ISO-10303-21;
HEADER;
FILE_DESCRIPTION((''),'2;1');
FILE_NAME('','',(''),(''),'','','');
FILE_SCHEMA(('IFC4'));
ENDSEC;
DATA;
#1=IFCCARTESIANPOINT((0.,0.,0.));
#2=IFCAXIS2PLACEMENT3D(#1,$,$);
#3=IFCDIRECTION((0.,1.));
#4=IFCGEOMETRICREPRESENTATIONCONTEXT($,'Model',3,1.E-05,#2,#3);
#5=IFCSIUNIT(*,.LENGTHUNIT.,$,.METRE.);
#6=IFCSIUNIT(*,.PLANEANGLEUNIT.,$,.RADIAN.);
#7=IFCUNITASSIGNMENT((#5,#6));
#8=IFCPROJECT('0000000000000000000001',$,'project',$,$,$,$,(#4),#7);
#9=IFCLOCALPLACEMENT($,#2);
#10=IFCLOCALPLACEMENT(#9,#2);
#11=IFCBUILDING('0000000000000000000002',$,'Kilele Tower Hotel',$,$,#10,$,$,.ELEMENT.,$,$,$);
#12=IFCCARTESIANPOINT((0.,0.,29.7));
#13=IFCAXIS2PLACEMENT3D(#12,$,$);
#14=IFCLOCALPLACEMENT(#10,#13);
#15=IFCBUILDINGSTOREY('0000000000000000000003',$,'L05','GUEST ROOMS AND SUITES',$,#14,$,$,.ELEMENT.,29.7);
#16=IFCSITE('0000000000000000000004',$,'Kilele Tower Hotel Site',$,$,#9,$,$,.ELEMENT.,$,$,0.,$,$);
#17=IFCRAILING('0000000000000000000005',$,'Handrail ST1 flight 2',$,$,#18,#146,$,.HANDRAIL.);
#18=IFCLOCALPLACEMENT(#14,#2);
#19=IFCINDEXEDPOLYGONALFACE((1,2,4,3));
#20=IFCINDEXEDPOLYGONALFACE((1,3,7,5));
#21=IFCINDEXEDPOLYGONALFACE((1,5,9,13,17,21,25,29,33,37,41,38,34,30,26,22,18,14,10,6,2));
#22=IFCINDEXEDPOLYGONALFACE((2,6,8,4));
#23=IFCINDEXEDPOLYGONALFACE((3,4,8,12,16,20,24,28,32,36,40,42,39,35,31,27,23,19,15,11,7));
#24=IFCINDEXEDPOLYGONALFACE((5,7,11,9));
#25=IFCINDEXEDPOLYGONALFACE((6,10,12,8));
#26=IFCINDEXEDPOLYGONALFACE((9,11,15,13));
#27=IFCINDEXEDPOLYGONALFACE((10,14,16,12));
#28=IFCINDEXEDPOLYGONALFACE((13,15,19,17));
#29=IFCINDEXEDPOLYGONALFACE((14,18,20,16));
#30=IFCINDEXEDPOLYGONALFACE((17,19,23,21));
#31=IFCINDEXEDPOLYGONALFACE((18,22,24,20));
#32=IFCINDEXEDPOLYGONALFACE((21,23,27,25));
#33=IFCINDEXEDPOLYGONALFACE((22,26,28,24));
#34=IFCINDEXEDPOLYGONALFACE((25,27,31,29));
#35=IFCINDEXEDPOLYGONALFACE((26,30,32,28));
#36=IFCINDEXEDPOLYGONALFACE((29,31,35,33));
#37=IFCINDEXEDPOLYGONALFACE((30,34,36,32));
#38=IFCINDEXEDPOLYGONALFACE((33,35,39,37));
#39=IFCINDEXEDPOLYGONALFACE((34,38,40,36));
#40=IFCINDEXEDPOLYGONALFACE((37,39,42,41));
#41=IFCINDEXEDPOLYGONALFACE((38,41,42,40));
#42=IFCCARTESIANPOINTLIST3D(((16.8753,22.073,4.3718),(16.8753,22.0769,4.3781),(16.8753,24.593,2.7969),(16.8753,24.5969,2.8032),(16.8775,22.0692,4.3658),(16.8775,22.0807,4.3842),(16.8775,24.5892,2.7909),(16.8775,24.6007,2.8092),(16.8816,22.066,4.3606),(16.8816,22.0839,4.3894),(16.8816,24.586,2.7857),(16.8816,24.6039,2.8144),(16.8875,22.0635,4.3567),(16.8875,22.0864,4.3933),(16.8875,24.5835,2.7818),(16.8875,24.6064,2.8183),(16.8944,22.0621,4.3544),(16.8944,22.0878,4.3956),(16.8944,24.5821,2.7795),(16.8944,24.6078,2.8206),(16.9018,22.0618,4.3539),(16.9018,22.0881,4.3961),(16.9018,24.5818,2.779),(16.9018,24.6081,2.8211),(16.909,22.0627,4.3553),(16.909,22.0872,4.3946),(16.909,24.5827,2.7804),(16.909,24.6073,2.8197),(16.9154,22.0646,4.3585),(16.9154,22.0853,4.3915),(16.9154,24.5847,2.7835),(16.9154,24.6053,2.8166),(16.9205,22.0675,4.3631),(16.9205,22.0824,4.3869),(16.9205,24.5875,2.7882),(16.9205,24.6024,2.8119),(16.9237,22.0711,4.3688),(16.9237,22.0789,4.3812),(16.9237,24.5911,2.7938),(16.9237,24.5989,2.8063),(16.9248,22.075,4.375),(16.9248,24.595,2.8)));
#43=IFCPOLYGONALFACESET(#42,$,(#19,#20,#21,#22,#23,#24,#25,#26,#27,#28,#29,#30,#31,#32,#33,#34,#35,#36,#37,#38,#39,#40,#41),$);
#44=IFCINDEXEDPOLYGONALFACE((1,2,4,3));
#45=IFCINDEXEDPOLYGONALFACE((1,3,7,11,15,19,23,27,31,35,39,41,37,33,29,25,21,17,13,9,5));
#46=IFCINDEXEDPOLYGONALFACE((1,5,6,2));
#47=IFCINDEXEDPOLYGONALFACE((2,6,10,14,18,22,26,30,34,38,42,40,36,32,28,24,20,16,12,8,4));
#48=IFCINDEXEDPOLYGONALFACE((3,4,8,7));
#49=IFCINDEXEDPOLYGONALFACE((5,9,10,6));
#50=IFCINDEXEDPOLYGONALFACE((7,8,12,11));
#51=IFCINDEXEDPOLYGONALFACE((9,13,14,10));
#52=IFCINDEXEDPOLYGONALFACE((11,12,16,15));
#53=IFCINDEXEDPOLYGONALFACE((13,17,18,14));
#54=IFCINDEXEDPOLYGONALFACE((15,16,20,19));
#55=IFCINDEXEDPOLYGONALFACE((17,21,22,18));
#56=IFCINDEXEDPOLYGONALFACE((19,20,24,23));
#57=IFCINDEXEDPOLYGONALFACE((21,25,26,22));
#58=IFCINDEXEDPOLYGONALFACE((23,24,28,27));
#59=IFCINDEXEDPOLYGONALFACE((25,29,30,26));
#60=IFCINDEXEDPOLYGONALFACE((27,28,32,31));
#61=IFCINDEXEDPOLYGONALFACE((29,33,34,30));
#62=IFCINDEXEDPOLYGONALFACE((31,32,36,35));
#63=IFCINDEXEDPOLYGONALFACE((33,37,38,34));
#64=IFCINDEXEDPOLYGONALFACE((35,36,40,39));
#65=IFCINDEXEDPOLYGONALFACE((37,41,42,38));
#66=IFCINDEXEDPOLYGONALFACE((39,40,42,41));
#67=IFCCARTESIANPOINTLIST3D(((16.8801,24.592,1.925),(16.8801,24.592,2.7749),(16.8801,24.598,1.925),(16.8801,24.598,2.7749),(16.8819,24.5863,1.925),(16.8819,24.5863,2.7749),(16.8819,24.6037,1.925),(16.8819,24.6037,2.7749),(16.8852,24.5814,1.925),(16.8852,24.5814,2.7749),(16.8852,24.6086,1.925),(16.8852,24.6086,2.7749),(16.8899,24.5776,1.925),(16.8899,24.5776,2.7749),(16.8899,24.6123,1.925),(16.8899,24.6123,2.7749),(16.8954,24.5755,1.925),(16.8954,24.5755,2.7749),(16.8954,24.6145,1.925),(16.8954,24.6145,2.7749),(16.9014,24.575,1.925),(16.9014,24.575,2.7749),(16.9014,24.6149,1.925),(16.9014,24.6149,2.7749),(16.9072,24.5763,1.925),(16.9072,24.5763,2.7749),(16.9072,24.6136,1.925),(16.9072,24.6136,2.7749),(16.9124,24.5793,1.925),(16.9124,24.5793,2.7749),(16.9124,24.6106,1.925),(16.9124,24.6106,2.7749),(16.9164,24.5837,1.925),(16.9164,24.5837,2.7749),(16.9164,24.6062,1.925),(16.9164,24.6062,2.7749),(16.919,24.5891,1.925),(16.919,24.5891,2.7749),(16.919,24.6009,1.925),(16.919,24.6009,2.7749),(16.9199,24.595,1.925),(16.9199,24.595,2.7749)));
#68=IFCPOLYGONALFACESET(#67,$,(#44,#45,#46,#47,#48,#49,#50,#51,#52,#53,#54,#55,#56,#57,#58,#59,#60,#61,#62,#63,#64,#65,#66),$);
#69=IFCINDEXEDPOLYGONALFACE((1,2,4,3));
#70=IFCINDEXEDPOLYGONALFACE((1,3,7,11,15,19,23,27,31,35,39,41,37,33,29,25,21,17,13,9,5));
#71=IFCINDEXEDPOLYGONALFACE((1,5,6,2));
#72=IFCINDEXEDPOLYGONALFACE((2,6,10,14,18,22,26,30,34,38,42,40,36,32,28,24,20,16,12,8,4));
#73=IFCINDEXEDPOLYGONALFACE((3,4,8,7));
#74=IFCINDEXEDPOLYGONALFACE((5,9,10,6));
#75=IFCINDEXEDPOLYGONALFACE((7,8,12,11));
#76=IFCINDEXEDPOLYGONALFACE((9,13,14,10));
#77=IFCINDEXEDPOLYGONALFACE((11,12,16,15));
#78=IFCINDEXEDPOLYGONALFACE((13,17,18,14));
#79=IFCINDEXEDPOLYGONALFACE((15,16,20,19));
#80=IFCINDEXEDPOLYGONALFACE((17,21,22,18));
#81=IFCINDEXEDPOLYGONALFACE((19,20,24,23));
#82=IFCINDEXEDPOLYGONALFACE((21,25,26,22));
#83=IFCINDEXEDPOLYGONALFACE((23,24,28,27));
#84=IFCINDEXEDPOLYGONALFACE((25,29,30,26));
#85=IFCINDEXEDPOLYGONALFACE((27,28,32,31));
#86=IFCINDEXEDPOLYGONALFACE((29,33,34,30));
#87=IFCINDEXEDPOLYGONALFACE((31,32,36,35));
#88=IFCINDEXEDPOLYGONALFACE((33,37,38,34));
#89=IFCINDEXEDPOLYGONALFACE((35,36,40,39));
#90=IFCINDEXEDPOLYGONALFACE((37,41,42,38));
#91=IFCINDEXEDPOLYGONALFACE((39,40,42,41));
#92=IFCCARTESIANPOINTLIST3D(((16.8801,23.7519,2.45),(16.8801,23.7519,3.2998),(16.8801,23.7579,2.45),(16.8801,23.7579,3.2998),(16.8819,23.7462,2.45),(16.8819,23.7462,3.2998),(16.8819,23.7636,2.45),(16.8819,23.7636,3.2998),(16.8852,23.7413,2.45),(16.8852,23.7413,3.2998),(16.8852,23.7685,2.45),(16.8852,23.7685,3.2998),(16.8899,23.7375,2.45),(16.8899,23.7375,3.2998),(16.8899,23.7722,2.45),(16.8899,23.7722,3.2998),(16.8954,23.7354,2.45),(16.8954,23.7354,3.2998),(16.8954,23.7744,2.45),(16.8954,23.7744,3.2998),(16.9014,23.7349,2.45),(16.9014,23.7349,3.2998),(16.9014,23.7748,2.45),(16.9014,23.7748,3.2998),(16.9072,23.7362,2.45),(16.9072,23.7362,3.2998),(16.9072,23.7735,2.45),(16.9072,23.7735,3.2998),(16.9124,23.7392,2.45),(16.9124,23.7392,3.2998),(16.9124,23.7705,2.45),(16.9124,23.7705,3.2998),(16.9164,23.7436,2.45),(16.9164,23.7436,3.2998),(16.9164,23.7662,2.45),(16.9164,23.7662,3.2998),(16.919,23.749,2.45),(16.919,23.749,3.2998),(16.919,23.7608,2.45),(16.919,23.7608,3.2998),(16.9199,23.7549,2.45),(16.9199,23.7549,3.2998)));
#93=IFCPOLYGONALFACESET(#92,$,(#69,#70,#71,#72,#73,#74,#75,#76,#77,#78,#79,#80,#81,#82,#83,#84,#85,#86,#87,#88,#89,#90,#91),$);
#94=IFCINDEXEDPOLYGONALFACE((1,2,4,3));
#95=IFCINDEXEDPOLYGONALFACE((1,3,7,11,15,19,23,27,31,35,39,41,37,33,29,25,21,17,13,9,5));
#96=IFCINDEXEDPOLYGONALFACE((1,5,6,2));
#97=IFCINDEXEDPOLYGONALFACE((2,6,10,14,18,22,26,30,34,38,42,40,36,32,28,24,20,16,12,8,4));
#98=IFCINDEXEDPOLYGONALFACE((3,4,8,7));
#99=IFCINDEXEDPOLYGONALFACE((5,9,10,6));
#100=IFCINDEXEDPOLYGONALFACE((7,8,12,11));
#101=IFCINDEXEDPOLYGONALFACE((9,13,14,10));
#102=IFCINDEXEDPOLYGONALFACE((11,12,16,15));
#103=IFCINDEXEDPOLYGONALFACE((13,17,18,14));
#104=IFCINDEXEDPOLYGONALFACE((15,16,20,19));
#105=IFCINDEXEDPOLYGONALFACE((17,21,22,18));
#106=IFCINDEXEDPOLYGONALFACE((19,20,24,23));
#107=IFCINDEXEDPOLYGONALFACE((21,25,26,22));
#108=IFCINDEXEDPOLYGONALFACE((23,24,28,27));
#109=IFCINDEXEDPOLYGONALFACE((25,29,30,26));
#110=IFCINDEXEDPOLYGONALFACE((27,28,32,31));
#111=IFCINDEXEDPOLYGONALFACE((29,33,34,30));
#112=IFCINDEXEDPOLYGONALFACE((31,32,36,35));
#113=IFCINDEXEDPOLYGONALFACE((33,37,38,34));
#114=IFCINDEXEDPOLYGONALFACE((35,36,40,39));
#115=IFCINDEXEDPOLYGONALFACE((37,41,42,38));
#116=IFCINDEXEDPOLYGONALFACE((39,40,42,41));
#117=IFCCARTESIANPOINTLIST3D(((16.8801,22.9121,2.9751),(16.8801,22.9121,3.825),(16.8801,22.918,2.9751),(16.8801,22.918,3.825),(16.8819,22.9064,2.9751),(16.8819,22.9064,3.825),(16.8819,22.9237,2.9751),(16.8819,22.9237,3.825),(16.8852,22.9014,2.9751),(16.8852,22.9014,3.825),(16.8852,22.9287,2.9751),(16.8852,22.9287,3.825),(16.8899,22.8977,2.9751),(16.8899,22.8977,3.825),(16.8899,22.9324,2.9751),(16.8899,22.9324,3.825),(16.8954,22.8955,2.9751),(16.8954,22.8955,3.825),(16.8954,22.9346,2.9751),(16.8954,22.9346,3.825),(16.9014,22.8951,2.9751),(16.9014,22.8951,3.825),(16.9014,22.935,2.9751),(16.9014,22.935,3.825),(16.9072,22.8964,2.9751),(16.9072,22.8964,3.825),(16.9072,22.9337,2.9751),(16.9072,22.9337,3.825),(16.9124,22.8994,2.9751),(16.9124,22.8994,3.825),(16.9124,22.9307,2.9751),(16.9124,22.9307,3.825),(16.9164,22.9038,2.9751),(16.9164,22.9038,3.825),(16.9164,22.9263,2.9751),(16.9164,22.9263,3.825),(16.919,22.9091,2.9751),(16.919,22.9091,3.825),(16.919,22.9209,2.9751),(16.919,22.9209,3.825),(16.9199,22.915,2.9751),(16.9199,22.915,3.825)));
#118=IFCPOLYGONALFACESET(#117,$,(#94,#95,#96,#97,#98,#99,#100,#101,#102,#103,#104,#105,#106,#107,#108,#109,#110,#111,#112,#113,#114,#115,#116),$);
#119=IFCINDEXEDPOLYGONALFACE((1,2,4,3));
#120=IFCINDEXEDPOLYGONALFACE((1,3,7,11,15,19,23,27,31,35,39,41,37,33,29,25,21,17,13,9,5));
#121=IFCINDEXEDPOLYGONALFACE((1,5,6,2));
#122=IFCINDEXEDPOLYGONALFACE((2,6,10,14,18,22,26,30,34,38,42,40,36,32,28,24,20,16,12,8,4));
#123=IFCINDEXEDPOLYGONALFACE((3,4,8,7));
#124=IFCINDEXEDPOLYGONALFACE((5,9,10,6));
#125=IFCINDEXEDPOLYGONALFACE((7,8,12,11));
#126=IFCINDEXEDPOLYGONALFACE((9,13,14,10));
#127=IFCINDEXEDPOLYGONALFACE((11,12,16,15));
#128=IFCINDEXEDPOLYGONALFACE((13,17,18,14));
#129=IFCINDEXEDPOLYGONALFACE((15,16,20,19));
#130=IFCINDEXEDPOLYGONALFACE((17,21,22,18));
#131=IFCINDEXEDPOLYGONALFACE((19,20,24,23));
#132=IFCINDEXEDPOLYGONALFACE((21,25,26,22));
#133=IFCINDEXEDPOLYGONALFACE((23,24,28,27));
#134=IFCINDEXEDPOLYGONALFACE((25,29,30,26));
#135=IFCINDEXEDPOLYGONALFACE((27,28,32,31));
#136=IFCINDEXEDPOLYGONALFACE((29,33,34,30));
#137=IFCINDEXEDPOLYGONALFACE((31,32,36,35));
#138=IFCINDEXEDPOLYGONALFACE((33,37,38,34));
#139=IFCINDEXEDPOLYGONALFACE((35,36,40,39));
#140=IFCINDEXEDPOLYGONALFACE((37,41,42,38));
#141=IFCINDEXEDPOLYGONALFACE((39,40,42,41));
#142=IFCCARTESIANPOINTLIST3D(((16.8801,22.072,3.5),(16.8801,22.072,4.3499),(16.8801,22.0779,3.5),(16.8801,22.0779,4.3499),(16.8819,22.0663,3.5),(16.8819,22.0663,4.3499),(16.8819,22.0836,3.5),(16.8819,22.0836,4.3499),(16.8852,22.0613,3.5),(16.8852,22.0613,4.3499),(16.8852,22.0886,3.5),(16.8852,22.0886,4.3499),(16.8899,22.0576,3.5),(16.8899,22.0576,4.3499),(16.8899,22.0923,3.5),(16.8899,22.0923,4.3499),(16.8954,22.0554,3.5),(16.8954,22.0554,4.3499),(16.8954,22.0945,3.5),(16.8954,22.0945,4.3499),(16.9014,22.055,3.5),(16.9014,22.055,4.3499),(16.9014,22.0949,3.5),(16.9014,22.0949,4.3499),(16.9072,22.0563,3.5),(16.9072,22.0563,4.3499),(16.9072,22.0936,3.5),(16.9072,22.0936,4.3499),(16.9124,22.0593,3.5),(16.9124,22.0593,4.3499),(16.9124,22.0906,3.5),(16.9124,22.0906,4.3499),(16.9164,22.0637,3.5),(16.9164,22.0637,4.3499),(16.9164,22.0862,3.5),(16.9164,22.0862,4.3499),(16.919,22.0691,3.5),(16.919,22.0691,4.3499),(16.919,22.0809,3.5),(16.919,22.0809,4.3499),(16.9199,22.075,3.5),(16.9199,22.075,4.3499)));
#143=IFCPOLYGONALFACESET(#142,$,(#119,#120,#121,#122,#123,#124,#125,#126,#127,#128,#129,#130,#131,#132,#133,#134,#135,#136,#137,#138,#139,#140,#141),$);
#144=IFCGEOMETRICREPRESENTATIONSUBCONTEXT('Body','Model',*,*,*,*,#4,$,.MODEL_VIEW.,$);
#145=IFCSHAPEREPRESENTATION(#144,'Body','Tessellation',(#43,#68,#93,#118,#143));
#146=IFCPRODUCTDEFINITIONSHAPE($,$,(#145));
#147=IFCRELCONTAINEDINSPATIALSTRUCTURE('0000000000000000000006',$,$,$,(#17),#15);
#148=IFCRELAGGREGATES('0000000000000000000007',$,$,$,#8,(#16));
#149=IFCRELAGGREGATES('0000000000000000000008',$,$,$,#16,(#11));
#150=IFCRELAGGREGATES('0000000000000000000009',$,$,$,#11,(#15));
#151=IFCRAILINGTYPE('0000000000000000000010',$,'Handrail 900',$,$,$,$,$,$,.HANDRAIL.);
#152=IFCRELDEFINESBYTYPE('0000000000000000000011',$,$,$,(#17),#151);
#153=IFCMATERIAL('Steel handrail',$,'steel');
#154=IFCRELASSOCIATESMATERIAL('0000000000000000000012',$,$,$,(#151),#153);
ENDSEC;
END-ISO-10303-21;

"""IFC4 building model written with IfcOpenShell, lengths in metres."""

from ifc_helpers import new_model, si_unit, direction, frame, origin, origin_2d, place, context, subcontext, project, spatial, circle, extrude, material, type_object, element, save


model = new_model("IFC4")

# Units and contexts
model_context = context("Model", 3, precision=1e-05, world=origin(), true_north=direction((0.0, 1.0)))
body_context = subcontext(model_context, "Body", "Model", "MODEL_VIEW")
ifc_project = project(units=[si_unit("LENGTHUNIT", "METRE"), si_unit("PLANEANGLEUNIT", "RADIAN")], contexts=[model_context])

# Site, building, storey
site_placement = place(None, origin())
site = spatial("IfcSite", under=ifc_project, at=site_placement, Name="Kilele Tower Hotel Site", CompositionType="ELEMENT", RefElevation=0.0)
building_placement = place(site_placement, origin())
building = spatial("IfcBuilding", under=site, at=building_placement, Name="Kilele Tower Hotel", CompositionType="ELEMENT")
storey_placement = place(building_placement, frame((0.0, 0.0, 29.7)))
storey = spatial("IfcBuildingStorey", under=building, at=storey_placement, Name="L05", Description="GUEST ROOMS AND SUITES", CompositionType="ELEMENT", Elevation=29.7)

# Railing
ifc_material_1 = material(Name="Steel handrail", Category="steel")
railing_type_1 = type_object("IfcRailingType", Name="Handrail 900", PredefinedType="HANDRAIL", material=ifc_material_1)
for number, where, name in (
    (1, (16.8999, 24.595, 1.925), "Handrail ST1 flight 2"),
):
    element("IfcRailing", number, at=place(storey_placement, frame(where)), inside=storey, type_object=railing_type_1, Name=name, PredefinedType="HANDRAIL", context=body_context, shape_type="SweptSolid", body=[
        extrude(circle(Radius=0.0249, at=origin_2d()), frame((0.0, 0.0, 0.875), z_axis=(0.0, -0.848008, 0.529984), x_axis=(1.0, 0.0, 0.0)), (0.0, 0.0, 1.0), 2.9717),
        extrude(circle(Radius=0.02, at=origin_2d()), origin(), (0.0, 0.0, 1.0), 0.8499),
        extrude(circle(Radius=0.02, at=origin_2d()), frame((0.0, -0.8401, 0.5249)), (0.0, 0.0, 1.0), 0.8499),
        extrude(circle(Radius=0.02, at=origin_2d()), frame((0.0, -1.6799, 1.05)), (0.0, 0.0, 1.0), 0.8499),
        extrude(circle(Radius=0.02, at=origin_2d()), frame((0.0, -2.52, 1.575)), (0.0, 0.0, 1.0), 0.8499),
    ])

save(model, "model.ifc")
